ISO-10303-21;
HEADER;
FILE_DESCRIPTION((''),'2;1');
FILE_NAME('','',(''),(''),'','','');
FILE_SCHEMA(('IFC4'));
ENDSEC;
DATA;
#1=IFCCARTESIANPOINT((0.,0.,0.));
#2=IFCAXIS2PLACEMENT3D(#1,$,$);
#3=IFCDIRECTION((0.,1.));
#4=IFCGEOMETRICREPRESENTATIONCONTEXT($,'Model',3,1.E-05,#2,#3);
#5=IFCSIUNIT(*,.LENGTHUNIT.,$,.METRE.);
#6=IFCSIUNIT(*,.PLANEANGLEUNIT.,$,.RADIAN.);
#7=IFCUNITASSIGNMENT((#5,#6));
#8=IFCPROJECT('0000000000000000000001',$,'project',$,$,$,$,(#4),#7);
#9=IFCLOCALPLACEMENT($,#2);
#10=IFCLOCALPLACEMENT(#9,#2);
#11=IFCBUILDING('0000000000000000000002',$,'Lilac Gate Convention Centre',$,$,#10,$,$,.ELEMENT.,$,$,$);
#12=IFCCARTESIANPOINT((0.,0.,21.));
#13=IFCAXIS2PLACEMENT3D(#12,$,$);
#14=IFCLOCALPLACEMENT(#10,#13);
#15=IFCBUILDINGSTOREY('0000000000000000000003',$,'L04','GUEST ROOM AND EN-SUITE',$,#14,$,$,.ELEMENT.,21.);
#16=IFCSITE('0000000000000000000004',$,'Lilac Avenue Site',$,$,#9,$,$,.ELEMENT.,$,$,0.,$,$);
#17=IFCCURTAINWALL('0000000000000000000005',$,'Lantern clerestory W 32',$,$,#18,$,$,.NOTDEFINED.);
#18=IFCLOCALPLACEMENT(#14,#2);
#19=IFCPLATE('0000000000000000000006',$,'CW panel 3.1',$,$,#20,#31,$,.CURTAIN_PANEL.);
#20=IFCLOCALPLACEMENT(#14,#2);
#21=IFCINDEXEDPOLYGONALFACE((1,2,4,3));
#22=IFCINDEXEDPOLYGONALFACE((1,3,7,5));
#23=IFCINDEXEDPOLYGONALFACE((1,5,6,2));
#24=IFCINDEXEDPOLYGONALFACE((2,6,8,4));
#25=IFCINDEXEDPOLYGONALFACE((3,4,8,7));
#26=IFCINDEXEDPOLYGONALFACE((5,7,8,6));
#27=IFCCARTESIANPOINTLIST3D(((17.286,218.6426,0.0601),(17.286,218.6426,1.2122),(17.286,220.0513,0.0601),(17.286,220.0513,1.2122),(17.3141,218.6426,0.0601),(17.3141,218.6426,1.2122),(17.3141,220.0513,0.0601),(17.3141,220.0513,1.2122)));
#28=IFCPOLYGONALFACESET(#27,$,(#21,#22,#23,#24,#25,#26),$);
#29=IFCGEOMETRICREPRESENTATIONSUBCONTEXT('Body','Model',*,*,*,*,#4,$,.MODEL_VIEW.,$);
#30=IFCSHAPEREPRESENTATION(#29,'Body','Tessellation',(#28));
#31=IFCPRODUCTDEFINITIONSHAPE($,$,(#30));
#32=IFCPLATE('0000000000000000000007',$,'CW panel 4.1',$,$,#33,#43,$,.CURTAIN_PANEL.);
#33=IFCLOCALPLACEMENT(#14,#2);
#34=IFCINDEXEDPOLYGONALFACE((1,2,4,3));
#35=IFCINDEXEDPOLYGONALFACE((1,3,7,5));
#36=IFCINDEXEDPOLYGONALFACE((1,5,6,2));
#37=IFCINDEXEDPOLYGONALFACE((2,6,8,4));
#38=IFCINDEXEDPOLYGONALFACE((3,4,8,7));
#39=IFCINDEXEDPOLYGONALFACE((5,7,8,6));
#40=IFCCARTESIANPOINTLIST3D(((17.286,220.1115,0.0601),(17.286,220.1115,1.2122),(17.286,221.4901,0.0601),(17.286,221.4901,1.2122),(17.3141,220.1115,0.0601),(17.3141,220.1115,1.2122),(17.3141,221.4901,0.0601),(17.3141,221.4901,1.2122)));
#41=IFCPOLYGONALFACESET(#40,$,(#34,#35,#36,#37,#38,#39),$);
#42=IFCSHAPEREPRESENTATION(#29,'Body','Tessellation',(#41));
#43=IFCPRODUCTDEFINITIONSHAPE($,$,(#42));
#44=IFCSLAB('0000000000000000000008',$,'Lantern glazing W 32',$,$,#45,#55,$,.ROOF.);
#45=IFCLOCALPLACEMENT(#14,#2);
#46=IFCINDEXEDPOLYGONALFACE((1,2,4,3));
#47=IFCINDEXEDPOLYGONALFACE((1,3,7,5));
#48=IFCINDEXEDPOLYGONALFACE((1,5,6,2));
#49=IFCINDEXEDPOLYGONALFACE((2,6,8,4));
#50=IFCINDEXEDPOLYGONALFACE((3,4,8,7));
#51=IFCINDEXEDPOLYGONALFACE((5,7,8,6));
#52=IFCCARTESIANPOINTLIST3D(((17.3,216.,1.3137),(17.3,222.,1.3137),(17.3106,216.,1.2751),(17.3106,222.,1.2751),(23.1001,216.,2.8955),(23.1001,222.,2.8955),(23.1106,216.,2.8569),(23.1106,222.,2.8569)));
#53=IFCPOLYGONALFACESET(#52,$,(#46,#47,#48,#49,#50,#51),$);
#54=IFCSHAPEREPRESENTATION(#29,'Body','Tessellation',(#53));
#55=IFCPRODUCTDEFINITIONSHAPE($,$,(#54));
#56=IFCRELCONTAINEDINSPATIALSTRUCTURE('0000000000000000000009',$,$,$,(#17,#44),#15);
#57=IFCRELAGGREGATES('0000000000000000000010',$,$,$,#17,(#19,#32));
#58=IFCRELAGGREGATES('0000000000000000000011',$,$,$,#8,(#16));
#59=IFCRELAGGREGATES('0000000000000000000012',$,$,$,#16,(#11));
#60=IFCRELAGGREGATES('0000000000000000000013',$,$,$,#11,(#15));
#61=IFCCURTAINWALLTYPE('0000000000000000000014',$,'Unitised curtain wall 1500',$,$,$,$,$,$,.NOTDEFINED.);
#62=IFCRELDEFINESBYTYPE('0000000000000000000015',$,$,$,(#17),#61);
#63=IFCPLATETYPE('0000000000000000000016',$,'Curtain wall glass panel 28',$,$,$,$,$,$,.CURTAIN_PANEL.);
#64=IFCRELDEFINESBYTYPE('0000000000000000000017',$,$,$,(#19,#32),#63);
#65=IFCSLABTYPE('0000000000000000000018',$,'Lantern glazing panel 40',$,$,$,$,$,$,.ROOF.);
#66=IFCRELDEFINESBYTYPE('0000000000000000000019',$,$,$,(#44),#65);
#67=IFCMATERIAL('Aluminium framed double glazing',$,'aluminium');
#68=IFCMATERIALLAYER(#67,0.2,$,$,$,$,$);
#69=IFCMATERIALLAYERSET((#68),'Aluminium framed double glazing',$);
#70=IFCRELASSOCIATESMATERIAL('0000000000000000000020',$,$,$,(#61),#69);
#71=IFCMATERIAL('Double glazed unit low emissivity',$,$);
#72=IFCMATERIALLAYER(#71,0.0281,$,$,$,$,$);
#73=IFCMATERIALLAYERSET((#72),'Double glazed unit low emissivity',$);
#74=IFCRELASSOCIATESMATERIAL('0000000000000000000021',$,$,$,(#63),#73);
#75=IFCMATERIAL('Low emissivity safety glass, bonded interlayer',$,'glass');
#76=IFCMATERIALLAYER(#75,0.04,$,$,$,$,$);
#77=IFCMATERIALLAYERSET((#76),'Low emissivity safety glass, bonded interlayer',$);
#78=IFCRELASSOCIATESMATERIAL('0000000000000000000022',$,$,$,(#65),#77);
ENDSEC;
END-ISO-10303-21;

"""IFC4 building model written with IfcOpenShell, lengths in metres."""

from ifc_helpers import new_model, si_unit, direction, frame, origin, origin_2d, place, context, subcontext, project, spatial, polyline, rectangle, outline, extrude, material, layer, layer_set, type_object, element, aggregate, save


model = new_model("IFC4")

# Units and contexts
model_context = context("Model", 3, precision=1e-05, world=origin(), true_north=direction((0.0, 1.0)))
body_context = subcontext(model_context, "Body", "Model", "MODEL_VIEW")
ifc_project = project(units=[si_unit("LENGTHUNIT", "METRE"), si_unit("PLANEANGLEUNIT", "RADIAN")], contexts=[model_context])

# Site, building, storey
site_placement = place(None, origin())
site = spatial("IfcSite", under=ifc_project, at=site_placement, Name="Lilac Avenue Site", CompositionType="ELEMENT", RefElevation=0.0)
building_placement = place(site_placement, origin())
building = spatial("IfcBuilding", under=site, at=building_placement, Name="Lilac Gate Convention Centre", CompositionType="ELEMENT")
storey_placement = place(building_placement, frame((0.0, 0.0, 21.0)))
storey = spatial("IfcBuildingStorey", under=building, at=storey_placement, Name="L04", Description="GUEST ROOM AND EN-SUITE", CompositionType="ELEMENT", Elevation=21.0)

# Curtain wall
ifc_material_1 = material(Name="Aluminium framed double glazing", Category="aluminium")
ifc_layer_1 = layer(ifc_material_1, 0.2)
ifc_layer_set_1 = layer_set([ifc_layer_1], Name="Aluminium framed double glazing")
curtain_wall_type = type_object("IfcCurtainWallType", Name="Unitised curtain wall 1500", PredefinedType="NOTDEFINED", material=ifc_layer_set_1)
curtain_wall_1_placement = place(storey_placement, origin())
curtain_wall_1 = element("IfcCurtainWall", 1, at=curtain_wall_1_placement, inside=storey, type_object=curtain_wall_type, Name="Lantern clerestory W 32", PredefinedType="NOTDEFINED")

# Plates
ifc_material_2 = material(Name="Double glazed unit low emissivity")
ifc_layer_2 = layer(ifc_material_2, 0.0281)
ifc_layer_set_2 = layer_set([ifc_layer_2], Name="Double glazed unit low emissivity")
plate_type = type_object("IfcPlateType", Name="Curtain wall glass panel 28", PredefinedType="CURTAIN_PANEL", material=ifc_layer_set_2)
plate_1_placement = place(storey_placement, frame((17.3, 219.3469, 0.0601), z_axis=(0.0, 0.0, 1.0), x_axis=(0.0, 1.0, 0.0)))
plate_1 = element("IfcPlate", 2, at=plate_1_placement, type_object=plate_type, Name="CW panel 3.1", PredefinedType="CURTAIN_PANEL", context=body_context, shape_type="SweptSolid", body=[
    extrude(rectangle(XDim=1.4087, YDim=0.0281, at=origin_2d()), origin(), (0.0, 0.0, 1.0), 1.1521),
])
plate_2_placement = place(storey_placement, frame((17.3, 220.8008, 0.0601), z_axis=(0.0, 0.0, 1.0), x_axis=(0.0, 1.0, 0.0)))
plate_2 = element("IfcPlate", 3, at=plate_2_placement, type_object=plate_type, Name="CW panel 4.1", PredefinedType="CURTAIN_PANEL", context=body_context, shape_type="SweptSolid", body=[
    extrude(rectangle(XDim=1.3787, YDim=0.0281, at=origin_2d()), origin(), (0.0, 0.0, 1.0), 1.1521),
])
aggregate(curtain_wall_1, [plate_1, plate_2])

# Slab
ifc_material_3 = material(Name="Low emissivity safety glass, bonded interlayer", Category="glass")
ifc_layer_3 = layer(ifc_material_3, 0.04)
ifc_layer_set_3 = layer_set([ifc_layer_3], Name="Low emissivity safety glass, bonded interlayer")
slab_type = type_object("IfcSlabType", Name="Lantern glazing panel 40", PredefinedType="ROOF", material=ifc_layer_set_3)
slab_placement = place(storey_placement, frame((17.3, 216.0, 1.3137), z_axis=(-0.263111, 0.0, 0.964766), x_axis=(0.964766, 0.0, 0.263111)))
element("IfcSlab", 4, at=slab_placement, inside=storey, type_object=slab_type, Name="Lantern glazing W 32", PredefinedType="ROOF", context=body_context, shape_type="SweptSolid", body=[
    extrude(outline(polyline([(0.0, 0.0), (6.0119, 0.0), (6.0119, 6.0), (0.0, 6.0), (0.0, 0.0)])), origin(), (0.0, 0.0, -1.0), 0.04),
])

save(model, "model.ifc")
